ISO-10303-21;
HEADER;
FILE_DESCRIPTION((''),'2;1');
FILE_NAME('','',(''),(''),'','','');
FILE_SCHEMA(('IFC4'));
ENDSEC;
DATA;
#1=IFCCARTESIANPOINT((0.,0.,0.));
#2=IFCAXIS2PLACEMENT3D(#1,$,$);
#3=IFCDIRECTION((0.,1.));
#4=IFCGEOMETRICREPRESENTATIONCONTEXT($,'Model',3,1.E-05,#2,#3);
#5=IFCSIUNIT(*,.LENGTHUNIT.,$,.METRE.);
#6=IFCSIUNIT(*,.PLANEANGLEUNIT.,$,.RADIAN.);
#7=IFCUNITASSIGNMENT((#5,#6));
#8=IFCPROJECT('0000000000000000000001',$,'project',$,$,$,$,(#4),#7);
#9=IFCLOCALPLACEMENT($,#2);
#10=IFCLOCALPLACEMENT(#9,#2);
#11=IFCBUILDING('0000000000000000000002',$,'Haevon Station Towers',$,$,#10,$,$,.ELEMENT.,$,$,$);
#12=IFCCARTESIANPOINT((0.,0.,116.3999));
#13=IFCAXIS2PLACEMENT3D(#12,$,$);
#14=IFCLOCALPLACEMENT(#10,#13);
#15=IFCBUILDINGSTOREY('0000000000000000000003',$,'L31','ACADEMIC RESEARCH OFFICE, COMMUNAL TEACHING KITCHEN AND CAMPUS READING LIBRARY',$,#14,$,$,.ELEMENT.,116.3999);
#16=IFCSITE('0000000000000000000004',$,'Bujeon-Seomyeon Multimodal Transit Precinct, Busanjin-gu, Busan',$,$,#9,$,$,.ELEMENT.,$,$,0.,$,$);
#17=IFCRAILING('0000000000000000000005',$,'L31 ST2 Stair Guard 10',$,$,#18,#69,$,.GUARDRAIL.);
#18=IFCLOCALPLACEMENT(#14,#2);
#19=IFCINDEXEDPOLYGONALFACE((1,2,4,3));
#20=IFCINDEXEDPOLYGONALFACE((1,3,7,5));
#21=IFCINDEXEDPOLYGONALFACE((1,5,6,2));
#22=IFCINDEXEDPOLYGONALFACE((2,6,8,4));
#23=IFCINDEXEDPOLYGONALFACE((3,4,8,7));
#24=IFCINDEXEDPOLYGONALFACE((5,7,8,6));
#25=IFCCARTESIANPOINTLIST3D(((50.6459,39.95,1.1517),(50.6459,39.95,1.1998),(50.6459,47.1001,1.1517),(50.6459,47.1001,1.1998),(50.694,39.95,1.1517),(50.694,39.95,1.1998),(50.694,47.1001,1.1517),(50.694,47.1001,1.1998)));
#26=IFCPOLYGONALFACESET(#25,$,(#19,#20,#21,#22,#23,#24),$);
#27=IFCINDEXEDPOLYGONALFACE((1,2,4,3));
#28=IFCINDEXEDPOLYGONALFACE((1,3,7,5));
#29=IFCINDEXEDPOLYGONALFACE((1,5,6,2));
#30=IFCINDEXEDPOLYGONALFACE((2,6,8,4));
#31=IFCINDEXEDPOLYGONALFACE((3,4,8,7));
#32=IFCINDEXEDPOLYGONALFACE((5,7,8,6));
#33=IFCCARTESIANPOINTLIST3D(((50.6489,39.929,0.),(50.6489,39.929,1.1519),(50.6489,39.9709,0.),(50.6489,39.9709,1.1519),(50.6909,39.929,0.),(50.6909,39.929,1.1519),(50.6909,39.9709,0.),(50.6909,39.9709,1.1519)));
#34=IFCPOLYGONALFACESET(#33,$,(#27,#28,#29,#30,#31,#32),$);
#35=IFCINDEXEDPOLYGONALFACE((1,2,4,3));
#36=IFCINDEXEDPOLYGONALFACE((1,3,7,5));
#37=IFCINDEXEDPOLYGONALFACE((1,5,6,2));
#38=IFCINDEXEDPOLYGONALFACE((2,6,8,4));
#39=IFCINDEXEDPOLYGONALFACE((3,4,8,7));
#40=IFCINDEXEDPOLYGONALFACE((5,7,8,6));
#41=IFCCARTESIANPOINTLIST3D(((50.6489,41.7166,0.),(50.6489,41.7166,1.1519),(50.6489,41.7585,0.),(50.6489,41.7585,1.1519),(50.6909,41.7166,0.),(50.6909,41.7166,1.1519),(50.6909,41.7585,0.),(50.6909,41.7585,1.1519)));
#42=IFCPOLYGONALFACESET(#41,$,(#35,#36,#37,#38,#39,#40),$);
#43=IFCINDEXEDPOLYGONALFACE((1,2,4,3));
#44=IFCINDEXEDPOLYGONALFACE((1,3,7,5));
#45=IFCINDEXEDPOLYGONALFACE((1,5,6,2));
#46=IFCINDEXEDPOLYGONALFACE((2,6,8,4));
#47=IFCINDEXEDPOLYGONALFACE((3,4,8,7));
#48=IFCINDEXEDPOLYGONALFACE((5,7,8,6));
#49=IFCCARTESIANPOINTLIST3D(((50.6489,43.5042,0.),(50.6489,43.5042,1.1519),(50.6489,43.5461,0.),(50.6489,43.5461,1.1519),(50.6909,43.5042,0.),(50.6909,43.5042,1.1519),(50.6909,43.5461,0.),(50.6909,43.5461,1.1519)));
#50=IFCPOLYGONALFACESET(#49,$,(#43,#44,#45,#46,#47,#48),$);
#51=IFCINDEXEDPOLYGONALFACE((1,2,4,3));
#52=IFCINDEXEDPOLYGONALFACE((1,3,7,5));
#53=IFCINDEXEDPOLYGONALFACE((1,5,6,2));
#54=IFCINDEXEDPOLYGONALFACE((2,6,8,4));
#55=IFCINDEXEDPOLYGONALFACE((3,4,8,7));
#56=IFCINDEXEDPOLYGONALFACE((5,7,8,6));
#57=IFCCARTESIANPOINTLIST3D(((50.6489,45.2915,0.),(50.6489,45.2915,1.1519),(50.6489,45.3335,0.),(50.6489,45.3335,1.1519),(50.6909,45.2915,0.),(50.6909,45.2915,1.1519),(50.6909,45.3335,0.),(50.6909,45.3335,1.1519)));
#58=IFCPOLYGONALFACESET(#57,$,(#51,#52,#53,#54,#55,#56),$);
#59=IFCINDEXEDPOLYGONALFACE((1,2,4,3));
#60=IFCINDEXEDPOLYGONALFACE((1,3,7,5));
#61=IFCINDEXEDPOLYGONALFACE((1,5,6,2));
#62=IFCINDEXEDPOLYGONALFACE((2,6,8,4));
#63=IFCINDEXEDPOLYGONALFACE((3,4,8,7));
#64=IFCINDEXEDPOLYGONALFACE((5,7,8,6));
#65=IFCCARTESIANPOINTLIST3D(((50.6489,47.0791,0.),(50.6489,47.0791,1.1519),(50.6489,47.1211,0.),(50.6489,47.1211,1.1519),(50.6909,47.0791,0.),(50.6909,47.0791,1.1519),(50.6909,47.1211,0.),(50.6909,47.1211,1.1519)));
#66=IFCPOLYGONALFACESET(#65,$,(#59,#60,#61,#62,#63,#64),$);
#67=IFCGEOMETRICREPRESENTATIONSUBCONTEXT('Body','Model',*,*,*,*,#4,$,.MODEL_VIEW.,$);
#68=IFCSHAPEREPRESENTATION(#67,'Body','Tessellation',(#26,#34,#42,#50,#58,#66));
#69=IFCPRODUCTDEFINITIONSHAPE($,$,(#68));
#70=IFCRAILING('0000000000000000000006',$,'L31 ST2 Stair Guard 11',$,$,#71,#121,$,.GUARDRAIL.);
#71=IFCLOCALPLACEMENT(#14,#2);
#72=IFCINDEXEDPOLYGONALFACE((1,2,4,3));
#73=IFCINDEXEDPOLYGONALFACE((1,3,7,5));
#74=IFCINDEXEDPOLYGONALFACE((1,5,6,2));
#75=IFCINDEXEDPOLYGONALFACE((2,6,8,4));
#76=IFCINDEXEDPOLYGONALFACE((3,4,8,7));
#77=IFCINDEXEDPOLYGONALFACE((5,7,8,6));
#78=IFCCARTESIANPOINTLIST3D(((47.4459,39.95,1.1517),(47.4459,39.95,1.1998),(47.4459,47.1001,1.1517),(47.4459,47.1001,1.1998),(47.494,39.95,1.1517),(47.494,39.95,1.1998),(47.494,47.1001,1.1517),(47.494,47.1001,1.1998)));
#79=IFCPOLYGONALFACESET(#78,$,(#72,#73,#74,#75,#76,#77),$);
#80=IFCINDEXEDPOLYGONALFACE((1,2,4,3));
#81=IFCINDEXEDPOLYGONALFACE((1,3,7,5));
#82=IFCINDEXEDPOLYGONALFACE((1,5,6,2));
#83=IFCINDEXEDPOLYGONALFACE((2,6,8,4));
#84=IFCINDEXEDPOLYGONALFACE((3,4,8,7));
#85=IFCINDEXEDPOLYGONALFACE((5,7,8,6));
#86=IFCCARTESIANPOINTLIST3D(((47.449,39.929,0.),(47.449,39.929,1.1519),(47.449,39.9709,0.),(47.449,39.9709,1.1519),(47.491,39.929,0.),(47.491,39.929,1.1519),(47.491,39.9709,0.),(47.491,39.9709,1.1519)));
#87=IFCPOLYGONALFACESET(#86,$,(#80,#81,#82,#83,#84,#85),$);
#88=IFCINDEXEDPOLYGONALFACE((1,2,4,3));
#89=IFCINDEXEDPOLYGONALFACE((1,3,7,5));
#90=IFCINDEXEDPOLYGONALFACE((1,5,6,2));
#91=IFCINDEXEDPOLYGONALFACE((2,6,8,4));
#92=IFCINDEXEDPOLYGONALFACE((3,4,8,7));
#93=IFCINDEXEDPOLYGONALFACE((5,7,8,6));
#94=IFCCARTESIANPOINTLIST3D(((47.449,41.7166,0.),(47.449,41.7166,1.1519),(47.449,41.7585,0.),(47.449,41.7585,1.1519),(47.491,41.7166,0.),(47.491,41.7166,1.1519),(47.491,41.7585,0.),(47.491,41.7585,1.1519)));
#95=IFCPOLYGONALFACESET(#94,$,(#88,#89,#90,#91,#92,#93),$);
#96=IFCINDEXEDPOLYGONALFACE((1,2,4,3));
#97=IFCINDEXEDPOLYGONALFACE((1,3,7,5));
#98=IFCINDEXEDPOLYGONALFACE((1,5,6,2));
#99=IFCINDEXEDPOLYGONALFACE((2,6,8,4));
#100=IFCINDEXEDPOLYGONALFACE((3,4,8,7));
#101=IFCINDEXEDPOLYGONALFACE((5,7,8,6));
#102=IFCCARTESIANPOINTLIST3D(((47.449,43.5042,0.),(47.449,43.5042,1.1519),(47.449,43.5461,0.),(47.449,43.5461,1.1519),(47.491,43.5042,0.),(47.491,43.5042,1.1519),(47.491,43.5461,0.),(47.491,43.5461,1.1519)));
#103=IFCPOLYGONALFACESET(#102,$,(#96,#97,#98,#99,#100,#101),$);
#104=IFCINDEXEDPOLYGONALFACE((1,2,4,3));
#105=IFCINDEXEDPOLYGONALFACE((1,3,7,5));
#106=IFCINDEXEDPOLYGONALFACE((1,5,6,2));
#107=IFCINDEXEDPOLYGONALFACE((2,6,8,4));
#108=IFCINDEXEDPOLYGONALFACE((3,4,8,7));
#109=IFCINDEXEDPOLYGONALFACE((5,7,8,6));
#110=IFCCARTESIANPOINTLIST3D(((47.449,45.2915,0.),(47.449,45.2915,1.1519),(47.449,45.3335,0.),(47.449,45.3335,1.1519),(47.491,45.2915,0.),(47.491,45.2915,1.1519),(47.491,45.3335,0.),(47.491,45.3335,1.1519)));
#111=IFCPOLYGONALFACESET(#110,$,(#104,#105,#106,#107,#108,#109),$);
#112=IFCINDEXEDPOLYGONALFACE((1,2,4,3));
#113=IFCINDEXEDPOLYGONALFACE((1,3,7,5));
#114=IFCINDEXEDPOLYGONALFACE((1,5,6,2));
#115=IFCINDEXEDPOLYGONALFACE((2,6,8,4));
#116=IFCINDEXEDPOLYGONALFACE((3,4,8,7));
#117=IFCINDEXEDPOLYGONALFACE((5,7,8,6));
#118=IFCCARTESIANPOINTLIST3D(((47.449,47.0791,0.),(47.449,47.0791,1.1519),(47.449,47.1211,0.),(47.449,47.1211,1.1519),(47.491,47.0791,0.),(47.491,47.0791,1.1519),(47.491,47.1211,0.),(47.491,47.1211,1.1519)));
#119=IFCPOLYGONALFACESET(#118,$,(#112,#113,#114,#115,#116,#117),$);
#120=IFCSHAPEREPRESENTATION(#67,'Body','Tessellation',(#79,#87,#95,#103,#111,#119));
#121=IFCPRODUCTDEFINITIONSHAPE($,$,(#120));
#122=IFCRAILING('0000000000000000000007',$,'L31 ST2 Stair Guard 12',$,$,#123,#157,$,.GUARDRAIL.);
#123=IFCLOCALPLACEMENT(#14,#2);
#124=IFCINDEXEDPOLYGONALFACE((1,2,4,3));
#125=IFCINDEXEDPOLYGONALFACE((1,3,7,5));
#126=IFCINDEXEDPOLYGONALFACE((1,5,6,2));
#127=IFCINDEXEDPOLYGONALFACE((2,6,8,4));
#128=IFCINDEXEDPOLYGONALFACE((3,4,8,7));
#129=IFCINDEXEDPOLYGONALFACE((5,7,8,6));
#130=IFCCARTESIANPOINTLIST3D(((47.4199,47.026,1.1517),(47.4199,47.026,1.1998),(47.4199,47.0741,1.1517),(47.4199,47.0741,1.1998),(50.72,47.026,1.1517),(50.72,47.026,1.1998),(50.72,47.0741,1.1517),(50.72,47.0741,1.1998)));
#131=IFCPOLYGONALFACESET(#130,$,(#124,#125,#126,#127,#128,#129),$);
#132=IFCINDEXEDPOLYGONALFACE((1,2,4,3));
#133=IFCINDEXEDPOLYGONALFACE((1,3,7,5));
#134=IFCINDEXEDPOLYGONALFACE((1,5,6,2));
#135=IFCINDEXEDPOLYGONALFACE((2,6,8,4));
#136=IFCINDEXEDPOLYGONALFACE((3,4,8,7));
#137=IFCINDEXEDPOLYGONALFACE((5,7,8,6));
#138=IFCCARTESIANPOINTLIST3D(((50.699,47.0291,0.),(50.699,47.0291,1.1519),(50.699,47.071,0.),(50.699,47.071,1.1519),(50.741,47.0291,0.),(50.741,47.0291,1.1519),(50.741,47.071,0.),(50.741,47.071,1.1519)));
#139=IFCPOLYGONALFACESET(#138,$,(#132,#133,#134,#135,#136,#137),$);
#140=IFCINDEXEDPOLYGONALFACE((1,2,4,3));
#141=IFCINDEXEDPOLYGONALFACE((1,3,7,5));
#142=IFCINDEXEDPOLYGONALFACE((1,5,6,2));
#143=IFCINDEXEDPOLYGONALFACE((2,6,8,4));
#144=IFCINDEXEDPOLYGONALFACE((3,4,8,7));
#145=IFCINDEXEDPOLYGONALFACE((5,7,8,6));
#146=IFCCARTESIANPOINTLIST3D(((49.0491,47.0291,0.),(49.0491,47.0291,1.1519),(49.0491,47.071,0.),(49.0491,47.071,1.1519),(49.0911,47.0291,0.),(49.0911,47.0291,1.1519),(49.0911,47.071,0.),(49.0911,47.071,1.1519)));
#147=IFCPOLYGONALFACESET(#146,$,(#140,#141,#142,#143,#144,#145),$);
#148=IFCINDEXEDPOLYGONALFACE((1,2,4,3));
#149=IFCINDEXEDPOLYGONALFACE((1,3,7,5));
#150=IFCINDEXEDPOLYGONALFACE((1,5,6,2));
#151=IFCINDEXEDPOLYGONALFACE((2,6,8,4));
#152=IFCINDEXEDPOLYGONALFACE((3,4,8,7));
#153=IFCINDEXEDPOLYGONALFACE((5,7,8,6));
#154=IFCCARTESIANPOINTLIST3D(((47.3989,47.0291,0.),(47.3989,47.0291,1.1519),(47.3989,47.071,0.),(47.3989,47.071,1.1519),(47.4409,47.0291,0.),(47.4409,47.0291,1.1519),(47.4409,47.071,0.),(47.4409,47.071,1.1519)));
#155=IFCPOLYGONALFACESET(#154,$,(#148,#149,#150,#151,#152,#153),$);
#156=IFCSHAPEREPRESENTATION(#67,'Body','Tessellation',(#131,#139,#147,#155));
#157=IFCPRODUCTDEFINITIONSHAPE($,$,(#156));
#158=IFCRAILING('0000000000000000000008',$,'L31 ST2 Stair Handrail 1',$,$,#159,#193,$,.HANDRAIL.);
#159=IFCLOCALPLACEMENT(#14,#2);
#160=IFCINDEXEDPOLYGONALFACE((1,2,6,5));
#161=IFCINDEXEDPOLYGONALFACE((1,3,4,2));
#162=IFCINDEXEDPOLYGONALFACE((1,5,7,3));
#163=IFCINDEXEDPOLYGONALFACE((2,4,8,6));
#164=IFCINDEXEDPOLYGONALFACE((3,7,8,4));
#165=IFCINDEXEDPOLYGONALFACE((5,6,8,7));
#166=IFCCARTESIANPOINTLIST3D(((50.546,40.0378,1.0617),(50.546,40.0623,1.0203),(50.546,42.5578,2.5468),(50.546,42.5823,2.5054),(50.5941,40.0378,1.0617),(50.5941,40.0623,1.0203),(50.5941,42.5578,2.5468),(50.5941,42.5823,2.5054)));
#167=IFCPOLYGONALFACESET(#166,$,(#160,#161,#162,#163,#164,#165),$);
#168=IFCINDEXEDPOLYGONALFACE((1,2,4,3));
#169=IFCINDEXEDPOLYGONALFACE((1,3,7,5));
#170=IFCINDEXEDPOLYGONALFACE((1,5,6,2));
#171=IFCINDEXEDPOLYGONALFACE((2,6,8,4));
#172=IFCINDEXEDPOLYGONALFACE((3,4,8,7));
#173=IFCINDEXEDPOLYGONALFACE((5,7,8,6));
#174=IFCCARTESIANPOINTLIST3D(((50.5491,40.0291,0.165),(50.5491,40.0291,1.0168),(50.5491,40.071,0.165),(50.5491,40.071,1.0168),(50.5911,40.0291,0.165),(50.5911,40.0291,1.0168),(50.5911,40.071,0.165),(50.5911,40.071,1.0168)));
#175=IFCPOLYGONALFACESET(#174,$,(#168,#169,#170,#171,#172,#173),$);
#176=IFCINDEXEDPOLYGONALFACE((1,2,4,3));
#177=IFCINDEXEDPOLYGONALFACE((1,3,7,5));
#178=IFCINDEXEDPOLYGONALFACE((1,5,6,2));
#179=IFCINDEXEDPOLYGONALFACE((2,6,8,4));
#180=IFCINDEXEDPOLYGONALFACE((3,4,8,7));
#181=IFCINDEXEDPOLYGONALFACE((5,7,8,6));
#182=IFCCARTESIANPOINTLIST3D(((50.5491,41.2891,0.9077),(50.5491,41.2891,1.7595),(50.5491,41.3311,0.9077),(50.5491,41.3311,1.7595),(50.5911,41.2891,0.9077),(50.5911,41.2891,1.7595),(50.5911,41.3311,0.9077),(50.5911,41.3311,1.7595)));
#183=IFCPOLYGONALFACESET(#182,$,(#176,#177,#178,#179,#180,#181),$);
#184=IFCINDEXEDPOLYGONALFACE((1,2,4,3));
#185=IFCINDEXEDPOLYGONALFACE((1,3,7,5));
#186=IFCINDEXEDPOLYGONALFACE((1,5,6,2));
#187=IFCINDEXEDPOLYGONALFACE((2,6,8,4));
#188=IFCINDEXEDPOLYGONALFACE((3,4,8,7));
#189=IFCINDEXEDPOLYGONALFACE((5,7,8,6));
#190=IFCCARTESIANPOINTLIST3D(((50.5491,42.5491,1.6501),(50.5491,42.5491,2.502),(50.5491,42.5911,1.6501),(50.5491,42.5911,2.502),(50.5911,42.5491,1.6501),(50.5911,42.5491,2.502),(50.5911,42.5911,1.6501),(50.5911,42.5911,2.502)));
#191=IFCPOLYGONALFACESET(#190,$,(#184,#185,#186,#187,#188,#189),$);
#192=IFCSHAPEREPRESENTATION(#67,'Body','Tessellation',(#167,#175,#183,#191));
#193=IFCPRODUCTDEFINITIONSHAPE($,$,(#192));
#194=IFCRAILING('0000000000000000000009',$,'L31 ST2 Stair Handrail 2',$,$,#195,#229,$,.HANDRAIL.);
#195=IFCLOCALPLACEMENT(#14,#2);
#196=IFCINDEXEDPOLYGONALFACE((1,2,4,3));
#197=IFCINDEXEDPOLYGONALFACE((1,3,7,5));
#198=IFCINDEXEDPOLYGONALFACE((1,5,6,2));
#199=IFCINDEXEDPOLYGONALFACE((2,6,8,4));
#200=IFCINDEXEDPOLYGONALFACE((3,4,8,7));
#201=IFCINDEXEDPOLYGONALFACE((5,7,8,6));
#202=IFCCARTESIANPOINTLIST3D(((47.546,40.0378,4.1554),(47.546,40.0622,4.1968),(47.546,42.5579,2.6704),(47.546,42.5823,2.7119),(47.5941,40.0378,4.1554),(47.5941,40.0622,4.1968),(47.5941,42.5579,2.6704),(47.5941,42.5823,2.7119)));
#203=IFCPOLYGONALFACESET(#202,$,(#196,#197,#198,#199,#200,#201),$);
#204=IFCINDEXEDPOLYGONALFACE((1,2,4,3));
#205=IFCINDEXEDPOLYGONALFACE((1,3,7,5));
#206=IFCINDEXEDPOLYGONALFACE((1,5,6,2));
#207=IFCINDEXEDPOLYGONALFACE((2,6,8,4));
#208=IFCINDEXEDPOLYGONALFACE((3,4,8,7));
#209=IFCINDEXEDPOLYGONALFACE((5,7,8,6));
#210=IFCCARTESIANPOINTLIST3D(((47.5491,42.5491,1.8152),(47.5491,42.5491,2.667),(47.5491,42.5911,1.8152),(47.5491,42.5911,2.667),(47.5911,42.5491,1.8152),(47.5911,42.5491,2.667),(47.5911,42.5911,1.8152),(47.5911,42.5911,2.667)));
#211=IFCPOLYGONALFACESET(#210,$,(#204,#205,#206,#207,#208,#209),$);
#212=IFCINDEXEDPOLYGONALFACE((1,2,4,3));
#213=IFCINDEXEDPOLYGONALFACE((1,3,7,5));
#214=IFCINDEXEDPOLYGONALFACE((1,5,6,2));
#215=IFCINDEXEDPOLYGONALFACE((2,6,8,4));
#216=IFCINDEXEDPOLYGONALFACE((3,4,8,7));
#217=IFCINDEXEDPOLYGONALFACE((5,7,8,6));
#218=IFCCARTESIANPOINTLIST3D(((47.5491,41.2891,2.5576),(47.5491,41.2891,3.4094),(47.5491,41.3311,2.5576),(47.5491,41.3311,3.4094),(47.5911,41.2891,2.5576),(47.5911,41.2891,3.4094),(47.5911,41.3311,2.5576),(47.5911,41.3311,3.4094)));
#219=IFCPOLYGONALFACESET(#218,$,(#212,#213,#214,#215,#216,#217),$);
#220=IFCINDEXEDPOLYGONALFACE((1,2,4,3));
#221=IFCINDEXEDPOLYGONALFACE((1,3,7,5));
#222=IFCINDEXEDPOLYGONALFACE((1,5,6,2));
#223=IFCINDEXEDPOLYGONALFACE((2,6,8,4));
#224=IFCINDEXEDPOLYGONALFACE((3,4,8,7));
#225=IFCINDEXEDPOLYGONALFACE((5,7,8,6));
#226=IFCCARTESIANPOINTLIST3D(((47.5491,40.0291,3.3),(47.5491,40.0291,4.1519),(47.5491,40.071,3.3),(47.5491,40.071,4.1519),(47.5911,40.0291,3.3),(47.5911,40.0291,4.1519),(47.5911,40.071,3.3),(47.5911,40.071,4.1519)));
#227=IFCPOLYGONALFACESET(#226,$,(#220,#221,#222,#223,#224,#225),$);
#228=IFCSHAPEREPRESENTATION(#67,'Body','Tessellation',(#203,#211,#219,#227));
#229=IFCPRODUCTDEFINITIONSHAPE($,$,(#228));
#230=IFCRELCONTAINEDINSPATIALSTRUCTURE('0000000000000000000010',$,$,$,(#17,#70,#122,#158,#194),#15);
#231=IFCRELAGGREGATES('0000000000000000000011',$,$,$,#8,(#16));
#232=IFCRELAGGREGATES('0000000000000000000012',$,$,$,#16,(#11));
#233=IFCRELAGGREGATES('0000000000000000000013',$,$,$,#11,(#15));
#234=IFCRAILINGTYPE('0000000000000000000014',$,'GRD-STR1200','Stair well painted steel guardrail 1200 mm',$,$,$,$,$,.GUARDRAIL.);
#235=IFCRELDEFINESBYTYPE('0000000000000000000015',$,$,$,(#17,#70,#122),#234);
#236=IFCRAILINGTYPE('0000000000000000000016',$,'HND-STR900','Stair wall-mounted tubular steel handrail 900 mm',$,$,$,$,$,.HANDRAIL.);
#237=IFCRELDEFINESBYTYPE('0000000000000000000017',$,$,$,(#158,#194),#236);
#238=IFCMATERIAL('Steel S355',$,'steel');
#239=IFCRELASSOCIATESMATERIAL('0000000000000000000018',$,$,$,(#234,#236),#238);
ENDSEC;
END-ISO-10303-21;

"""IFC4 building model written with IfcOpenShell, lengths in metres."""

from ifc_helpers import new_model, si_unit, direction, frame, origin, origin_2d, place, context, subcontext, project, spatial, rectangle, extrude, material, type_object, element, save


model = new_model("IFC4")

# Units and contexts
model_context = context("Model", 3, precision=1e-05, world=origin(), true_north=direction((0.0, 1.0)))
body_context = subcontext(model_context, "Body", "Model", "MODEL_VIEW")
ifc_project = project(units=[si_unit("LENGTHUNIT", "METRE"), si_unit("PLANEANGLEUNIT", "RADIAN")], contexts=[model_context])

# Site, building, storey
site_placement = place(None, origin())
site = spatial("IfcSite", under=ifc_project, at=site_placement, Name="Bujeon-Seomyeon Multimodal Transit Precinct, Busanjin-gu, Busan", CompositionType="ELEMENT", RefElevation=0.0)
building_placement = place(site_placement, origin())
building = spatial("IfcBuilding", under=site, at=building_placement, Name="Haevon Station Towers", CompositionType="ELEMENT")
storey_placement = place(building_placement, frame((0.0, 0.0, 116.3999)))
storey = spatial("IfcBuildingStorey", under=building, at=storey_placement, Name="L31", Description="ACADEMIC RESEARCH OFFICE, COMMUNAL TEACHING KITCHEN AND CAMPUS READING LIBRARY", CompositionType="ELEMENT", Elevation=116.3999)

# Shared definitions
ifc_material_1 = material(Name="Steel S355", Category="steel")

# Railings
railing_type_1 = type_object("IfcRailingType", Name="GRD-STR1200", Description="Stair well painted steel guardrail 1200 mm", PredefinedType="GUARDRAIL", material=ifc_material_1)
for number, where, name in (
    (1, (50.6699, 39.95, 0.0), "L31 ST2 Stair Guard 10"),
    (2, (47.47, 39.95, 0.0), "L31 ST2 Stair Guard 11"),
):
    element("IfcRailing", number, at=place(storey_placement, frame(where)), inside=storey, type_object=railing_type_1, Name=name, PredefinedType="GUARDRAIL", context=body_context, shape_type="SweptSolid", body=[
        extrude(rectangle(XDim=0.0481, YDim=0.0481, at=origin_2d()), frame((0.0, 0.0, 1.1758), z_axis=(0.0, 1.0, 0.0), x_axis=(-1.0, 0.0, 0.0)), (0.0, 0.0, 1.0), 7.1501),
        extrude(rectangle(XDim=0.042, YDim=0.042, at=origin_2d()), origin(), (0.0, 0.0, 1.0), 1.1519),
        extrude(rectangle(XDim=0.042, YDim=0.042, at=origin_2d()), frame((0.0, 1.7876, 0.0)), (0.0, 0.0, 1.0), 1.1519),
        extrude(rectangle(XDim=0.042, YDim=0.042, at=origin_2d()), frame((0.0, 3.5752, 0.0)), (0.0, 0.0, 1.0), 1.1519),
        extrude(rectangle(XDim=0.042, YDim=0.042, at=origin_2d()), frame((0.0, 5.3625, 0.0)), (0.0, 0.0, 1.0), 1.1519),
        extrude(rectangle(XDim=0.042, YDim=0.042, at=origin_2d()), frame((0.0, 7.1501, 0.0)), (0.0, 0.0, 1.0), 1.1519),
    ])
railing_1_placement = place(storey_placement, frame((50.72, 47.05, 0.0)))
element("IfcRailing", 3, at=railing_1_placement, inside=storey, type_object=railing_type_1, Name="L31 ST2 Stair Guard 12", PredefinedType="GUARDRAIL", context=body_context, shape_type="SweptSolid", body=[
    extrude(rectangle(XDim=0.0481, YDim=0.0481, at=origin_2d()), frame((0.0, 0.0, 1.1758), z_axis=(-1.0, 0.0, 0.0), x_axis=(0.0, -1.0, 0.0)), (0.0, 0.0, 1.0), 3.3),
    extrude(rectangle(XDim=0.042, YDim=0.042, at=origin_2d()), origin(), (0.0, 0.0, 1.0), 1.1519),
    extrude(rectangle(XDim=0.042, YDim=0.042, at=origin_2d()), frame((-1.6499, 0.0, 0.0)), (0.0, 0.0, 1.0), 1.1519),
    extrude(rectangle(XDim=0.042, YDim=0.042, at=origin_2d()), frame((-3.3, 0.0, 0.0)), (0.0, 0.0, 1.0), 1.1519),
])
railing_type_2 = type_object("IfcRailingType", Name="HND-STR900", Description="Stair wall-mounted tubular steel handrail 900 mm", PredefinedType="HANDRAIL", material=ifc_material_1)
railing_2_placement = place(storey_placement, frame((50.5701, 40.05, 0.165)))
element("IfcRailing", 4, at=railing_2_placement, inside=storey, type_object=railing_type_2, Name="L31 ST2 Stair Handrail 1", PredefinedType="HANDRAIL", context=body_context, shape_type="SweptSolid", body=[
    extrude(rectangle(XDim=0.0481, YDim=0.0481, at=origin_2d()), frame((0.0, 0.0, 0.876), z_axis=(0.0, 0.861524, 0.507717), x_axis=(-1.0, 0.0, 0.0)), (0.0, 0.0, 1.0), 2.925),
    extrude(rectangle(XDim=0.042, YDim=0.042, at=origin_2d()), origin(), (0.0, 0.0, 1.0), 0.8518),
    extrude(rectangle(XDim=0.042, YDim=0.042, at=origin_2d()), frame((0.0, 1.26, 0.7427)), (0.0, 0.0, 1.0), 0.8518),
    extrude(rectangle(XDim=0.042, YDim=0.042, at=origin_2d()), frame((0.0, 2.52, 1.4851)), (0.0, 0.0, 1.0), 0.8518),
])
railing_3_placement = place(storey_placement, frame((47.5701, 42.5701, 1.8152)))
element("IfcRailing", 5, at=railing_3_placement, inside=storey, type_object=railing_type_2, Name="L31 ST2 Stair Handrail 2", PredefinedType="HANDRAIL", context=body_context, shape_type="SweptSolid", body=[
    extrude(rectangle(XDim=0.0481, YDim=0.0481, at=origin_2d()), frame((0.0, 0.0, 0.876), z_axis=(0.0, -0.861561, 0.507655), x_axis=(1.0, 0.0, 0.0)), (0.0, 0.0, 1.0), 2.925),
    extrude(rectangle(XDim=0.042, YDim=0.042, at=origin_2d()), origin(), (0.0, 0.0, 1.0), 0.8518),
    extrude(rectangle(XDim=0.042, YDim=0.042, at=origin_2d()), frame((0.0, -1.26, 0.7424)), (0.0, 0.0, 1.0), 0.8518),
    extrude(rectangle(XDim=0.042, YDim=0.042, at=origin_2d()), frame((0.0, -2.52, 1.4849)), (0.0, 0.0, 1.0), 0.8518),
])

save(model, "model.ifc")
